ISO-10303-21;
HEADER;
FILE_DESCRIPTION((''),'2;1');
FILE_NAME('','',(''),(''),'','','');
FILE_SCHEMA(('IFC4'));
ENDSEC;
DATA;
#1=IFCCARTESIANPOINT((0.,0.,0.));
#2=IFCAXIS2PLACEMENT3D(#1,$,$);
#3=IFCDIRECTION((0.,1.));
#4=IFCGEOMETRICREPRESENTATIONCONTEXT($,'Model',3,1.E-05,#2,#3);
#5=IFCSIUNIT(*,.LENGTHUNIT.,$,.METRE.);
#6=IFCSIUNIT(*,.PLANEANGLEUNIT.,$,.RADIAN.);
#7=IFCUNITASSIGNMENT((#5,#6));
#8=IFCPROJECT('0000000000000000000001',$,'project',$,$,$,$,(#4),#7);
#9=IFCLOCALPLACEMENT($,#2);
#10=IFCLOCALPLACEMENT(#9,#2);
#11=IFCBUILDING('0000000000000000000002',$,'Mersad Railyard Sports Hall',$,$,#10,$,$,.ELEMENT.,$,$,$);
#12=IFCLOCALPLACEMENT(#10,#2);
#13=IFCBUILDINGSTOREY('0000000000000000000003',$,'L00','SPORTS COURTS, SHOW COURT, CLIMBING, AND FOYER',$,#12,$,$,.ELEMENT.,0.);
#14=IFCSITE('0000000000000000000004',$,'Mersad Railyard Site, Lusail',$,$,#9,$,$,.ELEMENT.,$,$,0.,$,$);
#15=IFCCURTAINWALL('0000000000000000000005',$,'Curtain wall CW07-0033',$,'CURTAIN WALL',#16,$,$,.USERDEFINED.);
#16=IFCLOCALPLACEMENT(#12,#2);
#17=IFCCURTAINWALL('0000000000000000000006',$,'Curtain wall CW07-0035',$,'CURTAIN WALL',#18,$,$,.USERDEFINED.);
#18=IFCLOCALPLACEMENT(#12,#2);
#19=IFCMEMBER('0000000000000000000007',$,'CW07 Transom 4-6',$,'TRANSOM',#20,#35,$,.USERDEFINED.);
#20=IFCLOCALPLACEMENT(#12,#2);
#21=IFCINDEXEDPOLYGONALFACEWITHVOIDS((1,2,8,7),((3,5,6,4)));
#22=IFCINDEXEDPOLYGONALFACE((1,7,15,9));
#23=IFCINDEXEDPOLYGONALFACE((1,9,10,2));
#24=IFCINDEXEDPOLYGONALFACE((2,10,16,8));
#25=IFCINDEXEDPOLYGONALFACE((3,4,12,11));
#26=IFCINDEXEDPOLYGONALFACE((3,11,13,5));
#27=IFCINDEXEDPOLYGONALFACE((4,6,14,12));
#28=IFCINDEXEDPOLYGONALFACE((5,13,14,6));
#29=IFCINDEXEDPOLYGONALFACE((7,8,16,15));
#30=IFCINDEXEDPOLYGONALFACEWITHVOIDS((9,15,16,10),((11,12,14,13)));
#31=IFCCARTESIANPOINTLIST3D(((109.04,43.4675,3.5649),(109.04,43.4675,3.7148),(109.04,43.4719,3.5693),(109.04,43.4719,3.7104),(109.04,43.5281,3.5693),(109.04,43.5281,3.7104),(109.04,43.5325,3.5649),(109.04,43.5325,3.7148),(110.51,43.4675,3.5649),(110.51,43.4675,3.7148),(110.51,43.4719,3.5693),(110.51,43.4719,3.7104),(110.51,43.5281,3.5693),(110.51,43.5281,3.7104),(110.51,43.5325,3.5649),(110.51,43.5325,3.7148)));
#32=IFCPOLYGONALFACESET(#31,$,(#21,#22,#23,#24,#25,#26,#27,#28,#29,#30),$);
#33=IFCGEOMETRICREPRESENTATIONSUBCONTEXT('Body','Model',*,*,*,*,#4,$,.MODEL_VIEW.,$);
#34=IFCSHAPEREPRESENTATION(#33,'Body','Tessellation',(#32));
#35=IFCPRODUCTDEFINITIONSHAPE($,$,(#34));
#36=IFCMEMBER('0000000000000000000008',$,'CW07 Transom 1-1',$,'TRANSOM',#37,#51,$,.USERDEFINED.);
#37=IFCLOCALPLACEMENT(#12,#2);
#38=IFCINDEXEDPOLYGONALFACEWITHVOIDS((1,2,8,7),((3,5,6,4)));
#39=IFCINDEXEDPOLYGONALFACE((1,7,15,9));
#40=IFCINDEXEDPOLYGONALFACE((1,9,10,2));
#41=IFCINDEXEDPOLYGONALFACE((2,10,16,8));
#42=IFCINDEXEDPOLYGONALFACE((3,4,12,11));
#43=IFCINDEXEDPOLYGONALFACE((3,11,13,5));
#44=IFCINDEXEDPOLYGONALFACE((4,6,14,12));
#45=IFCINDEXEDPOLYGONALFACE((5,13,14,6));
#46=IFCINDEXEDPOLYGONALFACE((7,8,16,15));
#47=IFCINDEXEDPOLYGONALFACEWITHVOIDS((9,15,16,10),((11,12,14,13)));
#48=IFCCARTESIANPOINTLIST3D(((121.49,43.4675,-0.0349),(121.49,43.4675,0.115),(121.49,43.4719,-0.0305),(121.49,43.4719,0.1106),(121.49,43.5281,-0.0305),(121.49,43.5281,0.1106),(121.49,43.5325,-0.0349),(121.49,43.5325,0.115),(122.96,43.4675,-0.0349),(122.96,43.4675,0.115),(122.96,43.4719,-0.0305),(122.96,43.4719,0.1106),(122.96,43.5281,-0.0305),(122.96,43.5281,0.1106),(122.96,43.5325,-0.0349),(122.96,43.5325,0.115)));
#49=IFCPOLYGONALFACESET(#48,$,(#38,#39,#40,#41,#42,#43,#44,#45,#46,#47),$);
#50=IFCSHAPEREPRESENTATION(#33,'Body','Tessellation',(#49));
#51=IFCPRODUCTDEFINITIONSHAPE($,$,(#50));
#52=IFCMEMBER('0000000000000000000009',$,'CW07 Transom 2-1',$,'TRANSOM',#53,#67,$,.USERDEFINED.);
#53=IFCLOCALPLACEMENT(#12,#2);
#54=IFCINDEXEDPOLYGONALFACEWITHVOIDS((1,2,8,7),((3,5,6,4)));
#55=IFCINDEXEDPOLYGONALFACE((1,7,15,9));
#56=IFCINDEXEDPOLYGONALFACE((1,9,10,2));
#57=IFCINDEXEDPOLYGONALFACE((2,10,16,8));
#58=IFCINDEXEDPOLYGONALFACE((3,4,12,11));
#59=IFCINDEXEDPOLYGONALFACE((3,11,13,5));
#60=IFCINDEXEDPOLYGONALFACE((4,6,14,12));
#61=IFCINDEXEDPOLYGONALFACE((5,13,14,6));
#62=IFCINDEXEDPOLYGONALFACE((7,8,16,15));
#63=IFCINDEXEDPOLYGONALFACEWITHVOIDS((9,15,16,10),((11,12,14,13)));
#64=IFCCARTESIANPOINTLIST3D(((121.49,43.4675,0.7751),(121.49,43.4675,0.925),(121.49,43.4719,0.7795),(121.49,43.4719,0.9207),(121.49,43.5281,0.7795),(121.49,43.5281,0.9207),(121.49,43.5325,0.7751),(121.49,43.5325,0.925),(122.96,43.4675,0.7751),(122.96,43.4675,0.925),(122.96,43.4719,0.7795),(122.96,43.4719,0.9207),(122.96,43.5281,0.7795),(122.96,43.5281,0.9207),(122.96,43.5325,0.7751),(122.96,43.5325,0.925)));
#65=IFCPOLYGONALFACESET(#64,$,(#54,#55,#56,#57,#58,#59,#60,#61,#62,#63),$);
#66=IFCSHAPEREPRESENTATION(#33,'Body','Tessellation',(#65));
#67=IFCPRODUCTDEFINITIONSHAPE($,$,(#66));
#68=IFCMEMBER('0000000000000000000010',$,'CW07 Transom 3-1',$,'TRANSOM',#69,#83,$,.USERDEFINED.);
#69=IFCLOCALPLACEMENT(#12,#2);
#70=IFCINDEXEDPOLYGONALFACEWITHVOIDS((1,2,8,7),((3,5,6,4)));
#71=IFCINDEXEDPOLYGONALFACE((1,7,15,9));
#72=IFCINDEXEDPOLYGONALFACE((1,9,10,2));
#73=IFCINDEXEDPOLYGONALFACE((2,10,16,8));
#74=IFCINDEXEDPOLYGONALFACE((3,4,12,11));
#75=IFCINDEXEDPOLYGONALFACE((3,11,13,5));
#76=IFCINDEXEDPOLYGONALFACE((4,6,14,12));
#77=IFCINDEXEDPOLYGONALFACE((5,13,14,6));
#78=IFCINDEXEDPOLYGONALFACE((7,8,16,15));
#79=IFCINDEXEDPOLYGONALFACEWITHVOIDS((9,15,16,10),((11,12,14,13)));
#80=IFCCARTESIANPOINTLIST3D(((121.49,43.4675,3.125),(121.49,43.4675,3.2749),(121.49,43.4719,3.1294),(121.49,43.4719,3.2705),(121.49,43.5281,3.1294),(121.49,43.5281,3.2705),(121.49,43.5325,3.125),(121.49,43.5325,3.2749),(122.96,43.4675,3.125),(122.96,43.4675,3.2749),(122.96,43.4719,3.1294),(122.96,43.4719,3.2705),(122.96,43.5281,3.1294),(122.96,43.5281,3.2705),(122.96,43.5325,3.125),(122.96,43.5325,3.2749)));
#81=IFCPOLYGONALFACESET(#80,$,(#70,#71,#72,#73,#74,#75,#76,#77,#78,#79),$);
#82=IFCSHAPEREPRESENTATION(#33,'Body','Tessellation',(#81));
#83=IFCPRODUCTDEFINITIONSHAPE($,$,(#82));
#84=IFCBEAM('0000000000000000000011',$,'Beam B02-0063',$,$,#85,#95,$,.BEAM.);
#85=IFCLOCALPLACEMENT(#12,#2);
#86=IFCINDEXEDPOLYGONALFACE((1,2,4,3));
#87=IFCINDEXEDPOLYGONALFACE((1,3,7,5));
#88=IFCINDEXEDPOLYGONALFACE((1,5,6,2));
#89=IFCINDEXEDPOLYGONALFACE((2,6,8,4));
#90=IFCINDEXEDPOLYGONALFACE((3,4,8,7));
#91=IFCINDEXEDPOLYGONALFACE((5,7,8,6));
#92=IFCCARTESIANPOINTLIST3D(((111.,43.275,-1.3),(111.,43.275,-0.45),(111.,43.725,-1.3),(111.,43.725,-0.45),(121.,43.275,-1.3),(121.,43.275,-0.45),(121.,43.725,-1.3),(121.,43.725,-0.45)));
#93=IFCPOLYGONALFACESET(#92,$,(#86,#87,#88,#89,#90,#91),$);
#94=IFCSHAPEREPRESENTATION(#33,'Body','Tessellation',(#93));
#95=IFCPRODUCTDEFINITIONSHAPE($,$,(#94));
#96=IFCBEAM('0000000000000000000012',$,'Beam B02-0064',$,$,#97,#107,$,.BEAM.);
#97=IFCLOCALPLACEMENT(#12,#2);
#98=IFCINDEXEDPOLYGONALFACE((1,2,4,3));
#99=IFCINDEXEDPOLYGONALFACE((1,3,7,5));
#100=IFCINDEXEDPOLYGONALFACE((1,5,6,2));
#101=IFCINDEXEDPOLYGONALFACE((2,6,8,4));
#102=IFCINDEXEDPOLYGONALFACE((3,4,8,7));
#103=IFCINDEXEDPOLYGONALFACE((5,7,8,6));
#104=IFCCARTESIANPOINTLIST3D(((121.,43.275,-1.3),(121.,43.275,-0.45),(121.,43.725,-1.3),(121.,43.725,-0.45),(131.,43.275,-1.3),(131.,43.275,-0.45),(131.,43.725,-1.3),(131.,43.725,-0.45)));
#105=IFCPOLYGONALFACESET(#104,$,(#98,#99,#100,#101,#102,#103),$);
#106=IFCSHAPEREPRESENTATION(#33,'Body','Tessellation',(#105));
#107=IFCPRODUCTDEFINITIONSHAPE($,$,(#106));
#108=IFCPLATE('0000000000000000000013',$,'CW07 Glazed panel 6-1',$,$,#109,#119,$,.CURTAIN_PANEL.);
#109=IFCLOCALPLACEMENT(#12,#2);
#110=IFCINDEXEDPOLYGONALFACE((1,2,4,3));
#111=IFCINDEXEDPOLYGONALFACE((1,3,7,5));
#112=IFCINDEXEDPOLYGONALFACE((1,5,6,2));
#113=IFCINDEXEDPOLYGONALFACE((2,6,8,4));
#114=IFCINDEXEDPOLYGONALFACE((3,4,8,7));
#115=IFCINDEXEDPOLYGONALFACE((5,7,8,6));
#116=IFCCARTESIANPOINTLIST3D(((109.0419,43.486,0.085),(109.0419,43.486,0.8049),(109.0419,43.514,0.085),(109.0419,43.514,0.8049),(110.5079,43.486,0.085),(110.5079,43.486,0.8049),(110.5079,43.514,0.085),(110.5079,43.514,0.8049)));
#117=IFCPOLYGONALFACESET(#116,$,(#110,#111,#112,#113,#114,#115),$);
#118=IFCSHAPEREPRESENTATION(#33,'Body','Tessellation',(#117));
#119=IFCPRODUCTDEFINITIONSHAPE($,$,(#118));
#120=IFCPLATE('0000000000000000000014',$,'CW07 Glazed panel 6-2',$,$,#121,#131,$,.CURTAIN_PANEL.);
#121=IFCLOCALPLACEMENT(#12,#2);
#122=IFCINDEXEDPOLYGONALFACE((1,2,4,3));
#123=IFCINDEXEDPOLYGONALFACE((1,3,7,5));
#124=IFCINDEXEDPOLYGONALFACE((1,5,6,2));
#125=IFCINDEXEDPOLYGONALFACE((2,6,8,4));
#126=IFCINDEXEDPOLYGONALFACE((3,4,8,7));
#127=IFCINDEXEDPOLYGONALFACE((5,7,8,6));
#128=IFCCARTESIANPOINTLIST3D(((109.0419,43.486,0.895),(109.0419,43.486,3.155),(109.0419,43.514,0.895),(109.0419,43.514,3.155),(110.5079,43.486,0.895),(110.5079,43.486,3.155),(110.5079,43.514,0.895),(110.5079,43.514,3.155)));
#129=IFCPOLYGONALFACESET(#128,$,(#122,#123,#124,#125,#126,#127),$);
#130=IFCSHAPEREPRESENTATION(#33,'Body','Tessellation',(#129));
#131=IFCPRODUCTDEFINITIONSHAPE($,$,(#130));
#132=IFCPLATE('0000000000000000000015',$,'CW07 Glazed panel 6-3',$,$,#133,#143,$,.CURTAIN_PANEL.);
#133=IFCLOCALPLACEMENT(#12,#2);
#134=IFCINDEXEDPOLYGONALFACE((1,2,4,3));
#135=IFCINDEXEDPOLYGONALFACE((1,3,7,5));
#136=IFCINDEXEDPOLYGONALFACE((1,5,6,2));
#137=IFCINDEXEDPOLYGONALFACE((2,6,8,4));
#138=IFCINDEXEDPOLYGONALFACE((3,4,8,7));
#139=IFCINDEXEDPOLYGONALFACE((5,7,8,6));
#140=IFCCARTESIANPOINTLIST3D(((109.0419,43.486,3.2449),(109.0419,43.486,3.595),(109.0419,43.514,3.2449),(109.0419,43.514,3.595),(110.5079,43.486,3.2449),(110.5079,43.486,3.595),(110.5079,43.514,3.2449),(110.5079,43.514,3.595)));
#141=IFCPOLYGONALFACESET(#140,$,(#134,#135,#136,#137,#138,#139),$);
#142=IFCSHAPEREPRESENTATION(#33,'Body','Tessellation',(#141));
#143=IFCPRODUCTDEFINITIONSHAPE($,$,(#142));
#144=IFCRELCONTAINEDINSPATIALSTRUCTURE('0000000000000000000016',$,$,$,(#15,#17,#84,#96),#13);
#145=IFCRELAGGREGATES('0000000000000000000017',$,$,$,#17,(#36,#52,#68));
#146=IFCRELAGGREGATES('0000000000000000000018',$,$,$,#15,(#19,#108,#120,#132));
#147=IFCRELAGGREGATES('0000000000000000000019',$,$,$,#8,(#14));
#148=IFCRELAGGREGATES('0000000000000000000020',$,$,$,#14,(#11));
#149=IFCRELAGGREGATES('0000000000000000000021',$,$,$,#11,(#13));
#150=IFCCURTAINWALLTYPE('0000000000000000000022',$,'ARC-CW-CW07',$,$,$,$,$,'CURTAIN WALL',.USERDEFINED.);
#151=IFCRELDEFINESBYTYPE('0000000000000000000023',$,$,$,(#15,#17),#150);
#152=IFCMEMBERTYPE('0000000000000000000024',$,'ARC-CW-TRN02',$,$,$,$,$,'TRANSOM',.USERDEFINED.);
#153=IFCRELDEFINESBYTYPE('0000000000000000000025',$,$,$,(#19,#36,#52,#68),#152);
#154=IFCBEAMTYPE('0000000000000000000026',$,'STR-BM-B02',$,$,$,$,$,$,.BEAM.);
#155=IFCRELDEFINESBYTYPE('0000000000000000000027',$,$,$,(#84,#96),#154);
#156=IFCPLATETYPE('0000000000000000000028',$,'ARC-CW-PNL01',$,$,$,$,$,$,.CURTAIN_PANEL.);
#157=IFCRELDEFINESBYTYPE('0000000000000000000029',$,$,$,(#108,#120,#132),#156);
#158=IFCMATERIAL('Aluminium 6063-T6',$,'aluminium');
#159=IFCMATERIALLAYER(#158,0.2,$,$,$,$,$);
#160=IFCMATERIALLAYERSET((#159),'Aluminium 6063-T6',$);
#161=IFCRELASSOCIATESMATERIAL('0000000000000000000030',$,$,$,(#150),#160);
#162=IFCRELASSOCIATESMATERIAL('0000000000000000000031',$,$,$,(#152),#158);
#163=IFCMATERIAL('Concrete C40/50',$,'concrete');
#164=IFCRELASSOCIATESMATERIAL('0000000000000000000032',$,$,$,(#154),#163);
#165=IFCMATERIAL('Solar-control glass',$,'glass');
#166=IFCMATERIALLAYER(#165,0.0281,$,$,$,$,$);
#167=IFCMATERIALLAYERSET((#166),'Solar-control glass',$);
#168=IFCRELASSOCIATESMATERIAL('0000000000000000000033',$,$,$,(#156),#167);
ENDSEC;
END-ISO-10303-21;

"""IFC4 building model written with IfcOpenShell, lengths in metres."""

from ifc_helpers import new_model, si_unit, direction, frame, origin, origin_2d, place, context, subcontext, project, spatial, rectangle, hollow_rectangle, extrude, material, layer, layer_set, material_profile, profile_set, type_object, element, aggregate, save


model = new_model("IFC4")

# Units and contexts
model_context = context("Model", 3, precision=1e-05, world=origin(), true_north=direction((0.0, 1.0)))
body_context = subcontext(model_context, "Body", "Model", "MODEL_VIEW")
ifc_project = project(units=[si_unit("LENGTHUNIT", "METRE"), si_unit("PLANEANGLEUNIT", "RADIAN")], contexts=[model_context])

# Site, building, storey
site_placement = place(None, origin())
site = spatial("IfcSite", under=ifc_project, at=site_placement, Name="Mersad Railyard Site, Lusail", CompositionType="ELEMENT", RefElevation=0.0)
building_placement = place(site_placement, origin())
building = spatial("IfcBuilding", under=site, at=building_placement, Name="Mersad Railyard Sports Hall", CompositionType="ELEMENT")
storey_placement = place(building_placement, origin())
storey = spatial("IfcBuildingStorey", under=building, at=storey_placement, Name="L00", Description="SPORTS COURTS, SHOW COURT, CLIMBING, AND FOYER", CompositionType="ELEMENT", Elevation=0.0)

# Curtain wall
ifc_material_1 = material(Name="Aluminium 6063-T6", Category="aluminium")
ifc_layer_1 = layer(ifc_material_1, 0.2)
ifc_layer_set_1 = layer_set([ifc_layer_1], Name="Aluminium 6063-T6")
curtain_wall_type = type_object("IfcCurtainWallType", Name="ARC-CW-CW07", ElementType="CURTAIN WALL", PredefinedType="USERDEFINED", material=ifc_layer_set_1)
curtain_wall_1_placement = place(storey_placement, origin())
curtain_wall_1 = element("IfcCurtainWall", 1, at=curtain_wall_1_placement, inside=storey, type_object=curtain_wall_type, Name="Curtain wall CW07-0033", ObjectType="CURTAIN WALL", PredefinedType="USERDEFINED")

# Curtain wall
curtain_wall_2_placement = place(storey_placement, origin())
curtain_wall_2 = element("IfcCurtainWall", 2, at=curtain_wall_2_placement, inside=storey, type_object=curtain_wall_type, Name="Curtain wall CW07-0035", ObjectType="CURTAIN WALL", PredefinedType="USERDEFINED")

# Members
ifc_material_profile_1 = material_profile(ifc_material_1, hollow_rectangle(XDim=0.0649, YDim=0.1499, WallThickness=0.0044, at=origin_2d()), Name="AL TRANSOM 65x150x4.5")
ifc_profile_set_1 = profile_set([ifc_material_profile_1], Name="Aluminium 6063-T6")
member_type_1 = type_object("IfcMemberType", Name="ARC-CW-TRN02", ElementType="TRANSOM", PredefinedType="USERDEFINED", material=ifc_profile_set_1)
member_1_placement = place(storey_placement, frame((109.04, 43.5, 3.6399), z_axis=(1.0, 0.0, 0.0), x_axis=(0.0, 1.0, 0.0)))
member_1 = element("IfcMember", 3, at=member_1_placement, type_object=member_type_1, Name="CW07 Transom 4-6", ObjectType="TRANSOM", PredefinedType="USERDEFINED", context=body_context, shape_type="SweptSolid", body=[
    extrude(hollow_rectangle(XDim=0.0649, YDim=0.1499, WallThickness=0.0044, at=origin_2d()), origin(), (0.0, 0.0, 1.0), 1.47),
])
member_2_placement = place(storey_placement, frame((121.49, 43.5, 0.04), z_axis=(1.0, 0.0, 0.0), x_axis=(0.0, 1.0, 0.0)))
member_2 = element("IfcMember", 4, at=member_2_placement, type_object=member_type_1, Name="CW07 Transom 1-1", ObjectType="TRANSOM", PredefinedType="USERDEFINED", context=body_context, shape_type="SweptSolid", body=[
    extrude(hollow_rectangle(XDim=0.0649, YDim=0.1499, WallThickness=0.0044, at=origin_2d()), origin(), (0.0, 0.0, 1.0), 1.47),
])
member_3_placement = place(storey_placement, frame((121.49, 43.5, 0.8501), z_axis=(1.0, 0.0, 0.0), x_axis=(0.0, 1.0, 0.0)))
member_3 = element("IfcMember", 5, at=member_3_placement, type_object=member_type_1, Name="CW07 Transom 2-1", ObjectType="TRANSOM", PredefinedType="USERDEFINED", context=body_context, shape_type="SweptSolid", body=[
    extrude(hollow_rectangle(XDim=0.0649, YDim=0.1499, WallThickness=0.0044, at=origin_2d()), origin(), (0.0, 0.0, 1.0), 1.47),
])
member_4_placement = place(storey_placement, frame((121.49, 43.5, 3.2), z_axis=(1.0, 0.0, 0.0), x_axis=(0.0, 1.0, 0.0)))
member_4 = element("IfcMember", 6, at=member_4_placement, type_object=member_type_1, Name="CW07 Transom 3-1", ObjectType="TRANSOM", PredefinedType="USERDEFINED", context=body_context, shape_type="SweptSolid", body=[
    extrude(hollow_rectangle(XDim=0.0649, YDim=0.1499, WallThickness=0.0044, at=origin_2d()), origin(), (0.0, 0.0, 1.0), 1.47),
])
aggregate(curtain_wall_2, [member_2, member_3, member_4])

# Beams
ifc_material_2 = material(Name="Concrete C40/50", Category="concrete")
ifc_material_profile_2 = material_profile(ifc_material_2, rectangle(XDim=0.45, YDim=0.8501, at=origin_2d()), Name="RC 450x850")
ifc_profile_set_2 = profile_set([ifc_material_profile_2], Name="Concrete C40/50")
beam_type = type_object("IfcBeamType", Name="STR-BM-B02", PredefinedType="BEAM", material=ifc_profile_set_2)
for number, where, z_axis, x_axis, name in (
    (7, (111.0, 43.5, -0.875), (1.0, 0.0, 0.0), (0.0, 1.0, 0.0), "Beam B02-0063"),
    (8, (121.0, 43.5, -0.875), (1.0, 0.0, 0.0), (0.0, 1.0, 0.0), "Beam B02-0064"),
):
    element("IfcBeam", number, at=place(storey_placement, frame(where, z_axis=z_axis, x_axis=x_axis)), inside=storey, type_object=beam_type, Name=name, PredefinedType="BEAM", context=body_context, shape_type="SweptSolid", body=[
        extrude(rectangle(XDim=0.45, YDim=0.8501, at=origin_2d()), origin(), (0.0, 0.0, 1.0), 10.0),
    ])

# Plates
ifc_material_3 = material(Name="Solar-control glass", Category="glass")
ifc_layer_2 = layer(ifc_material_3, 0.0281)
ifc_layer_set_2 = layer_set([ifc_layer_2], Name="Solar-control glass")
plate_type = type_object("IfcPlateType", Name="ARC-CW-PNL01", PredefinedType="CURTAIN_PANEL", material=ifc_layer_set_2)
plate_1_placement = place(storey_placement, frame((109.7749, 43.5, 0.085), z_axis=(0.0, 0.0, 1.0), x_axis=(1.0, 0.0, 0.0)))
plate_1 = element("IfcPlate", 9, at=plate_1_placement, type_object=plate_type, Name="CW07 Glazed panel 6-1", PredefinedType="CURTAIN_PANEL", context=body_context, shape_type="SweptSolid", body=[
    extrude(rectangle(XDim=1.4661, YDim=0.0281, at=origin_2d()), origin(), (0.0, 0.0, 1.0), 0.72),
])
plate_2_placement = place(storey_placement, frame((109.7749, 43.5, 0.895), z_axis=(0.0, 0.0, 1.0), x_axis=(1.0, 0.0, 0.0)))
plate_2 = element("IfcPlate", 10, at=plate_2_placement, type_object=plate_type, Name="CW07 Glazed panel 6-2", PredefinedType="CURTAIN_PANEL", context=body_context, shape_type="SweptSolid", body=[
    extrude(rectangle(XDim=1.4661, YDim=0.0281, at=origin_2d()), origin(), (0.0, 0.0, 1.0), 2.26),
])
plate_3_placement = place(storey_placement, frame((109.7749, 43.5, 3.2449), z_axis=(0.0, 0.0, 1.0), x_axis=(1.0, 0.0, 0.0)))
plate_3 = element("IfcPlate", 11, at=plate_3_placement, type_object=plate_type, Name="CW07 Glazed panel 6-3", PredefinedType="CURTAIN_PANEL", context=body_context, shape_type="SweptSolid", body=[
    extrude(rectangle(XDim=1.4661, YDim=0.0281, at=origin_2d()), origin(), (0.0, 0.0, 1.0), 0.3501),
])
aggregate(curtain_wall_1, [member_1, plate_1, plate_2, plate_3])

save(model, "model.ifc")
